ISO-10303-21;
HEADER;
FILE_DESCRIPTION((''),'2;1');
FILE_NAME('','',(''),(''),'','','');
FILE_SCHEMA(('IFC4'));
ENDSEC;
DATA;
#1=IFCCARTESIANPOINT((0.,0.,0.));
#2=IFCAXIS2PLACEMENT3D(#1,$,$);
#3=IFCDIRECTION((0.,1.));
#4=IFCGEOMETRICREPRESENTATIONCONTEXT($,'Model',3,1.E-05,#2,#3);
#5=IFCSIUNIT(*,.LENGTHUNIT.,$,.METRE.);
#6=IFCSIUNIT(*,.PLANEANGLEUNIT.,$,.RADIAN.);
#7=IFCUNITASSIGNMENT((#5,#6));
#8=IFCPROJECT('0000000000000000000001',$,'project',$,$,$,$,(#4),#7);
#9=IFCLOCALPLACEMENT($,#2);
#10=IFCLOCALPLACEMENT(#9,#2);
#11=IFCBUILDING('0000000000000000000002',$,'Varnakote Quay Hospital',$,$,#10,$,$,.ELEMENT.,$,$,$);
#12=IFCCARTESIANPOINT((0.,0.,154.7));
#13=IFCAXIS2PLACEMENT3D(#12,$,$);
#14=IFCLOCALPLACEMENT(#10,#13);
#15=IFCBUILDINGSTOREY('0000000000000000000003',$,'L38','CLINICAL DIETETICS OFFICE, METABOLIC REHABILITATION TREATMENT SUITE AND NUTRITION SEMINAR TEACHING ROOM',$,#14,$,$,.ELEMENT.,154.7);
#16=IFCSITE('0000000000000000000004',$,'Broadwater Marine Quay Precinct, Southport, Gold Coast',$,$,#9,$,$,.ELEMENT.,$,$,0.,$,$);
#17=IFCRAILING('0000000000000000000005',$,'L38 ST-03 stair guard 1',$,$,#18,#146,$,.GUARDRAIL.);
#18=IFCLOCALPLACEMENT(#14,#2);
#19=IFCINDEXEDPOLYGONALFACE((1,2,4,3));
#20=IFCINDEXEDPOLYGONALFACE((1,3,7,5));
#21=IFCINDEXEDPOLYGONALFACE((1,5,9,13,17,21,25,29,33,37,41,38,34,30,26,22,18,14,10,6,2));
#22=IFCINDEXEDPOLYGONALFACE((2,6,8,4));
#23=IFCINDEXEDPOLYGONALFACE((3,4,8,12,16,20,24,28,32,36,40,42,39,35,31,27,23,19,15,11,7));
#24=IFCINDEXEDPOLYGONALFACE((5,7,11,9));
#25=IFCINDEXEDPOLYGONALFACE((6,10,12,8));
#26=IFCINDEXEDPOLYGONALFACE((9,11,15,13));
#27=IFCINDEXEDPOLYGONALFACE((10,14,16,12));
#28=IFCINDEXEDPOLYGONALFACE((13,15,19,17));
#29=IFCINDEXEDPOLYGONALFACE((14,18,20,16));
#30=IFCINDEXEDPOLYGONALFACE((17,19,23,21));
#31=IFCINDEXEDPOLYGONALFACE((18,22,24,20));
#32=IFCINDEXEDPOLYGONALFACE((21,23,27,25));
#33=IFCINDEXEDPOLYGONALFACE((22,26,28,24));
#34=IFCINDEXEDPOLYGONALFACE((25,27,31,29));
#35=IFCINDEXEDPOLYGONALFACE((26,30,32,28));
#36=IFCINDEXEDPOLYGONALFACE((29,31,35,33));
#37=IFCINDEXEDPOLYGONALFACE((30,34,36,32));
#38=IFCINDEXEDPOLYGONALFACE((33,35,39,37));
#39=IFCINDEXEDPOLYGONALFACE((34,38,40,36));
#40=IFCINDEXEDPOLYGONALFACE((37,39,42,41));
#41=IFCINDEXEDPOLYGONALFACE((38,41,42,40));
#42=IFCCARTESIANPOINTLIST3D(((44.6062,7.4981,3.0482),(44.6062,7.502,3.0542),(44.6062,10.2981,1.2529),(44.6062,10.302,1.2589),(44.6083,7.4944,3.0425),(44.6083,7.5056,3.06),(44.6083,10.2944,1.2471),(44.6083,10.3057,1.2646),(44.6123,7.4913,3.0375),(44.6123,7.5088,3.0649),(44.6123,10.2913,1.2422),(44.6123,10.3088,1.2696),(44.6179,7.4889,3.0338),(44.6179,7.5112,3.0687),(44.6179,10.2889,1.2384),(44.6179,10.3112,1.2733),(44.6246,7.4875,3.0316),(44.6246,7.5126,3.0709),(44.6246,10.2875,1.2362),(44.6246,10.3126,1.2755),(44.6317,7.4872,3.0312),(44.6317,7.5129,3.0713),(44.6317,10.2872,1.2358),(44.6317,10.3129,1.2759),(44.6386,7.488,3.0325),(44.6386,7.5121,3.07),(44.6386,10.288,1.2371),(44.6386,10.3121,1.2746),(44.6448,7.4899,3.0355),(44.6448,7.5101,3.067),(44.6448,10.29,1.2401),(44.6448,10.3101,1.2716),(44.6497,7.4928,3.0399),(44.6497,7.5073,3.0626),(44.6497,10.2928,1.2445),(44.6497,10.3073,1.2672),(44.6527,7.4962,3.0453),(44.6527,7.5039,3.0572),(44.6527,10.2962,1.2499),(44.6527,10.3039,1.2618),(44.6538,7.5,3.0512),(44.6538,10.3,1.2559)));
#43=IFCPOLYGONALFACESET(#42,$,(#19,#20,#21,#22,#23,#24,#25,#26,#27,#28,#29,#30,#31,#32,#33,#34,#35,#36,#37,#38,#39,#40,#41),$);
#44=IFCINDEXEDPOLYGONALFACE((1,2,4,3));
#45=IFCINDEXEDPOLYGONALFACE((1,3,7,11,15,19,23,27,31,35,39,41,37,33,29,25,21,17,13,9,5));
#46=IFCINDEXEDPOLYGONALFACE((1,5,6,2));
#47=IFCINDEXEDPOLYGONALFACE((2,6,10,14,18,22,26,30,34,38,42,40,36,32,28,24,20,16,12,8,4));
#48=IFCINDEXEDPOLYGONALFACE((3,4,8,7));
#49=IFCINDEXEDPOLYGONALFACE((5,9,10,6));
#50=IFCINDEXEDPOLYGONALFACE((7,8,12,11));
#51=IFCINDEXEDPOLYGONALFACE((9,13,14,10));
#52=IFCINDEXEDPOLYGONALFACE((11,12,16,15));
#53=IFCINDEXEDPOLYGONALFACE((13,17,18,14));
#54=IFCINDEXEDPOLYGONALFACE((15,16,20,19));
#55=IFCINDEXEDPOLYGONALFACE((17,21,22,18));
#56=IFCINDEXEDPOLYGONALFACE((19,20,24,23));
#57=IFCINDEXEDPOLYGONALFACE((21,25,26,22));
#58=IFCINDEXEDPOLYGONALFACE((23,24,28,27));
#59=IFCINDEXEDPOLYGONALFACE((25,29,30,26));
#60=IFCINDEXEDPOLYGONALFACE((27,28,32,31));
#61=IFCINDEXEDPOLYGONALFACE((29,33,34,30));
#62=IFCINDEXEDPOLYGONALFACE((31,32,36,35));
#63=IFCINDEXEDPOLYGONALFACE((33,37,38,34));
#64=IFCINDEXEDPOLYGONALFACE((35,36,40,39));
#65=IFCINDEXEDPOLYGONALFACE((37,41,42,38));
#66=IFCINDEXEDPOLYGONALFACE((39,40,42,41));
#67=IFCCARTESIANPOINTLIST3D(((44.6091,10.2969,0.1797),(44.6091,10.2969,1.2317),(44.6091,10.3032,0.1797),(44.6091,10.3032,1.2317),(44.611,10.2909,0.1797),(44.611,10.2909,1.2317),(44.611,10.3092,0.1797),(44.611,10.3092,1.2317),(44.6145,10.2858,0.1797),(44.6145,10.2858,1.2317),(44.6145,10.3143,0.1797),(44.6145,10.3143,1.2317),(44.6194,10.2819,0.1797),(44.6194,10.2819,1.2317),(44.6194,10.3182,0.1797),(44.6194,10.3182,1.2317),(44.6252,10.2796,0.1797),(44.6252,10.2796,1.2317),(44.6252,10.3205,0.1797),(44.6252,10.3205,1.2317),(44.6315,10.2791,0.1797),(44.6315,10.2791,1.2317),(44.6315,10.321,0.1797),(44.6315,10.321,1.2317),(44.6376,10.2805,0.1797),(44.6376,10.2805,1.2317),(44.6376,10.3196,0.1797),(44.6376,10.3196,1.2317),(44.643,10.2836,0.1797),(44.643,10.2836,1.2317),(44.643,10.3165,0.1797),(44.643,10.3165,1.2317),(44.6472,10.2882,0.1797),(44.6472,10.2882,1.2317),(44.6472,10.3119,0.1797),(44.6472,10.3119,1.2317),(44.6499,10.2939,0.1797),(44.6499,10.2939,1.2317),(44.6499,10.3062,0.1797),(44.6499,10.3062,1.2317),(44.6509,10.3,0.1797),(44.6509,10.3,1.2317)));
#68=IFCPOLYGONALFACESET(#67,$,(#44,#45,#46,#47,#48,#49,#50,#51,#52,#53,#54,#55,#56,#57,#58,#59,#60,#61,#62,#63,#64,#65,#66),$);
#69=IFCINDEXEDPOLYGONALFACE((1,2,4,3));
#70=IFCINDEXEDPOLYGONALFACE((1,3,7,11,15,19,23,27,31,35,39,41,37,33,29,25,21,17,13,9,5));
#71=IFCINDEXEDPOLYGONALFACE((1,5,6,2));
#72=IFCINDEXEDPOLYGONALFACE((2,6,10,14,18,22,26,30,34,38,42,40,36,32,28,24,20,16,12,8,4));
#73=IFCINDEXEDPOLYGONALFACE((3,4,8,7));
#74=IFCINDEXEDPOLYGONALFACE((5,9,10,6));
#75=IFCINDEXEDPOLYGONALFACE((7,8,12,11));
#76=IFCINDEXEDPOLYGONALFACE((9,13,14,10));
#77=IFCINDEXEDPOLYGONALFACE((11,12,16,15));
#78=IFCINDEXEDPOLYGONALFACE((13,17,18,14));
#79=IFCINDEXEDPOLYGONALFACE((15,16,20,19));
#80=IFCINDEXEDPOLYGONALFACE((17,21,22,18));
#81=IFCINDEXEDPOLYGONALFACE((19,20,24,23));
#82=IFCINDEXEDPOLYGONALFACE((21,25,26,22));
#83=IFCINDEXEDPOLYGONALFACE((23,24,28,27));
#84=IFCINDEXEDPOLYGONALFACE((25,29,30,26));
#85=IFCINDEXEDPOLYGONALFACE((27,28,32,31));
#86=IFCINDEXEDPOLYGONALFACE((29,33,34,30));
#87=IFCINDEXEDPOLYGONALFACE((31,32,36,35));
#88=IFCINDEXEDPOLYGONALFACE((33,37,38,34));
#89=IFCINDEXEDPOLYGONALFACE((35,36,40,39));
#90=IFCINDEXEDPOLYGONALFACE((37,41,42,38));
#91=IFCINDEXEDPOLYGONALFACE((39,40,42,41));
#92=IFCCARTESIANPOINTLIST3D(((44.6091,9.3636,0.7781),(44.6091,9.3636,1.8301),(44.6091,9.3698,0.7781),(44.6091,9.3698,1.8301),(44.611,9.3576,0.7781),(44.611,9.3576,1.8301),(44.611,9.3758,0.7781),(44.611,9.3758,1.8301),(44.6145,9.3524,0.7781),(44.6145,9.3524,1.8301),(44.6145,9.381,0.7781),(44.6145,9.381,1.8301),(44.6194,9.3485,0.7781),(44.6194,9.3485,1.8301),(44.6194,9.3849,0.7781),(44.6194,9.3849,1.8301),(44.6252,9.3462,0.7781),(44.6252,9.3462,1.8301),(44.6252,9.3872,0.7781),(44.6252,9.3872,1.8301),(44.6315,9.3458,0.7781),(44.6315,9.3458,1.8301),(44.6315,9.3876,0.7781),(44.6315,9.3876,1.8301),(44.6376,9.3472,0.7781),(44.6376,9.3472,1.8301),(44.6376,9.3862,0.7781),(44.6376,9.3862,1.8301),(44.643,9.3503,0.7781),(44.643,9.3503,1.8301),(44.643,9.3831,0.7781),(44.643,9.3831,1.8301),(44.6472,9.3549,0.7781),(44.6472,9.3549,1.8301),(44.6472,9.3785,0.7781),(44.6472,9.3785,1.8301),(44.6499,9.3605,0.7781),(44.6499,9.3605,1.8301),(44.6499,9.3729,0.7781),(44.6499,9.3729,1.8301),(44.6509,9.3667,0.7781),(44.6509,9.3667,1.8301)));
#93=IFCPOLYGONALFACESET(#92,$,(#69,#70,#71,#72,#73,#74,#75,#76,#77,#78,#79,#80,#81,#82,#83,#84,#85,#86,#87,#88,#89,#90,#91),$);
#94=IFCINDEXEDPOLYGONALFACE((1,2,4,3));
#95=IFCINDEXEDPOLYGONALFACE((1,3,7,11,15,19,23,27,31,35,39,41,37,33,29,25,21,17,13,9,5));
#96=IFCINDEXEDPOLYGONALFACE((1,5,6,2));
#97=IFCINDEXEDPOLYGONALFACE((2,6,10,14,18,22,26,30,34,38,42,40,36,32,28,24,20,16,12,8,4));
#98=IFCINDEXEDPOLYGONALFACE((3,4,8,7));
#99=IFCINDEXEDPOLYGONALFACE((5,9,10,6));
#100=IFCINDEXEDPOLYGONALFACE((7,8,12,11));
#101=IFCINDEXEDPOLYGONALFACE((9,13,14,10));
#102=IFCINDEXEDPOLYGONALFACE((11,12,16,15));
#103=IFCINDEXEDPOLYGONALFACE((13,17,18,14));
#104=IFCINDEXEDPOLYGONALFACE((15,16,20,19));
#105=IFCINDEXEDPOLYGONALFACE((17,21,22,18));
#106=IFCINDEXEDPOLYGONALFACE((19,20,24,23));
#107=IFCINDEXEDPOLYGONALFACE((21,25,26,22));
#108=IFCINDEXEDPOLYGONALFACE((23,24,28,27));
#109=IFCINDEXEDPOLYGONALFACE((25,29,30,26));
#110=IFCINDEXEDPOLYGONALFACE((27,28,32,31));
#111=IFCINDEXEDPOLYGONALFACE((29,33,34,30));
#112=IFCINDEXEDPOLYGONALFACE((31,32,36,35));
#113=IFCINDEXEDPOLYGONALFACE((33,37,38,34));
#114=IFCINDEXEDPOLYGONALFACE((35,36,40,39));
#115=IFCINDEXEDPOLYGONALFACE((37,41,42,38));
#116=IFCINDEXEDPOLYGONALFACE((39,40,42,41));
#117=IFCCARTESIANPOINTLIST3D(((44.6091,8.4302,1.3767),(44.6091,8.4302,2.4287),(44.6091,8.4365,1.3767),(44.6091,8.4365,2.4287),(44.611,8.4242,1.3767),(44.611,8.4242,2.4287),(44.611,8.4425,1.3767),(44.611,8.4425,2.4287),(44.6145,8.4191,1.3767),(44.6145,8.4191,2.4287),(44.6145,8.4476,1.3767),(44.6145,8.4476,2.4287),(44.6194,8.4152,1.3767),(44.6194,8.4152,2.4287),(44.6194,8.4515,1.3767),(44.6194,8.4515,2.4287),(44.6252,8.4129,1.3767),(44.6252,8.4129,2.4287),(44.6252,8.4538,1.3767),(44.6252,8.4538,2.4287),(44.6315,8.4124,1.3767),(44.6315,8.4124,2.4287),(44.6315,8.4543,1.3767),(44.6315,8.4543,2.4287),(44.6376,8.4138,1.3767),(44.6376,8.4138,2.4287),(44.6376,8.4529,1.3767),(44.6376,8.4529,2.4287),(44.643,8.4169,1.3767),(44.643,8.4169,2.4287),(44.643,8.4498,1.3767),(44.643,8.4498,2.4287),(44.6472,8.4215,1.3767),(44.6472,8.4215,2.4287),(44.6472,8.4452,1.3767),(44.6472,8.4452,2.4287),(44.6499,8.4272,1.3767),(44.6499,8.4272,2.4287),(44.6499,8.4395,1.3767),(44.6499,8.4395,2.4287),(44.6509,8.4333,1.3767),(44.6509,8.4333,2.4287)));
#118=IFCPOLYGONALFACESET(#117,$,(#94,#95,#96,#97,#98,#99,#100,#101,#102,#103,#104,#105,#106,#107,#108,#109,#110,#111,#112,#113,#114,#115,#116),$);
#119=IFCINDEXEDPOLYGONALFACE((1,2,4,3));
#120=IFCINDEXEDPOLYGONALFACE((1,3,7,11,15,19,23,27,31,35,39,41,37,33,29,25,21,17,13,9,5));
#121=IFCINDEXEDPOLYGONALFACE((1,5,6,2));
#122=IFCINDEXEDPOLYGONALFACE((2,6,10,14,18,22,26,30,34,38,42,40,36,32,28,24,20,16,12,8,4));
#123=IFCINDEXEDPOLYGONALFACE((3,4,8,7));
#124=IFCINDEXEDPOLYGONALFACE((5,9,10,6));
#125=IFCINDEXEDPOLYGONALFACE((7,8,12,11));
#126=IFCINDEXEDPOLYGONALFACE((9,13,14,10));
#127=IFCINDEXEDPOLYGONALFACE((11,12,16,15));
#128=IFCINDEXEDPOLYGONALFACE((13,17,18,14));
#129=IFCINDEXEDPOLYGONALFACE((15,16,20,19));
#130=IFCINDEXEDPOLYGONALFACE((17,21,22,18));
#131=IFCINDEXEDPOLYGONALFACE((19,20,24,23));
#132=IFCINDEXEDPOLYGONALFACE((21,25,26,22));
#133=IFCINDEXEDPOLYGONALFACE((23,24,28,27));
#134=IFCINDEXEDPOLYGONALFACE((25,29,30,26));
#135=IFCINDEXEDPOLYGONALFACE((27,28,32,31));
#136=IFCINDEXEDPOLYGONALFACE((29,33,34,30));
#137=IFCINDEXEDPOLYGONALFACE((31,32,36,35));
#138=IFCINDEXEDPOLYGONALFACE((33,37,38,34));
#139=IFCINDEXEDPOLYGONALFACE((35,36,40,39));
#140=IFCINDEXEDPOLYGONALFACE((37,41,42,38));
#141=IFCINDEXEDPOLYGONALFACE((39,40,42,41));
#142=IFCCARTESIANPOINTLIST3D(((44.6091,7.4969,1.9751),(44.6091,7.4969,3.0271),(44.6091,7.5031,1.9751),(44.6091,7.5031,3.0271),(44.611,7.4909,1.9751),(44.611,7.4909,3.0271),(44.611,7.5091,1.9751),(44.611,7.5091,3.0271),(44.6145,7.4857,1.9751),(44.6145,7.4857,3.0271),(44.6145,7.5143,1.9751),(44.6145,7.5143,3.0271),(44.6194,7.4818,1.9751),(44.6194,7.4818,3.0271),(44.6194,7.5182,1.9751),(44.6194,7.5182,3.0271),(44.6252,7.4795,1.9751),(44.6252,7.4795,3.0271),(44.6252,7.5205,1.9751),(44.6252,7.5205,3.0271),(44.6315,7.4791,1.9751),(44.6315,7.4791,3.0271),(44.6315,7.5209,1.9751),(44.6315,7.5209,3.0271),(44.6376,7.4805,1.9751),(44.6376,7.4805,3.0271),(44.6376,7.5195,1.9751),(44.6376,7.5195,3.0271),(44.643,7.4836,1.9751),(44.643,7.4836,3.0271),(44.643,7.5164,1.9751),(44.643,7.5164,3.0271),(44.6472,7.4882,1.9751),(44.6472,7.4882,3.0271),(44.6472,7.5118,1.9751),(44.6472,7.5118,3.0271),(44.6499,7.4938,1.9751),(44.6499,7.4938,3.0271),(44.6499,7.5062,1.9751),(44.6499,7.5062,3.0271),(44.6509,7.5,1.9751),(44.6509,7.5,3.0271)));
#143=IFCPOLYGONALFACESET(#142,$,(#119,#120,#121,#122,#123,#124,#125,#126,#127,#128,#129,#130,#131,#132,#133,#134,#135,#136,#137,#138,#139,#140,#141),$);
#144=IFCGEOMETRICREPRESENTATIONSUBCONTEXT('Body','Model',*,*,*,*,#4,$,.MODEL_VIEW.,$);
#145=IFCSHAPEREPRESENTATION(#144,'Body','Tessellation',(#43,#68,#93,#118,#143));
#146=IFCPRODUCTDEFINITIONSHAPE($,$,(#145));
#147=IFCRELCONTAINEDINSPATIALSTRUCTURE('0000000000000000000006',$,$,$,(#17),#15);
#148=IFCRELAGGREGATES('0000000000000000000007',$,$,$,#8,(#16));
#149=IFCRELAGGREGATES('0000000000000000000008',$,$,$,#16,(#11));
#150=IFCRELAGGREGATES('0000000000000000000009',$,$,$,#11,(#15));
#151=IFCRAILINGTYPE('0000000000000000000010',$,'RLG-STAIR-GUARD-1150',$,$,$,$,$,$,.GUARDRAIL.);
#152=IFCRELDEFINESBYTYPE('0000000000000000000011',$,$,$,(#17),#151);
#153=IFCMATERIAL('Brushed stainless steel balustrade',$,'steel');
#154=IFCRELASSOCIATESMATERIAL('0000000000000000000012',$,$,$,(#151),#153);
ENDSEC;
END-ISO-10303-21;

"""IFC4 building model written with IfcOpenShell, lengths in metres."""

from ifc_helpers import new_model, si_unit, direction, frame, origin, origin_2d, place, context, subcontext, project, spatial, circle, extrude, material, type_object, element, save


model = new_model("IFC4")

# Units and contexts
model_context = context("Model", 3, precision=1e-05, world=origin(), true_north=direction((0.0, 1.0)))
body_context = subcontext(model_context, "Body", "Model", "MODEL_VIEW")
ifc_project = project(units=[si_unit("LENGTHUNIT", "METRE"), si_unit("PLANEANGLEUNIT", "RADIAN")], contexts=[model_context])

# Site, building, storey
site_placement = place(None, origin())
site = spatial("IfcSite", under=ifc_project, at=site_placement, Name="Broadwater Marine Quay Precinct, Southport, Gold Coast", CompositionType="ELEMENT", RefElevation=0.0)
building_placement = place(site_placement, origin())
building = spatial("IfcBuilding", under=site, at=building_placement, Name="Varnakote Quay Hospital", CompositionType="ELEMENT")
storey_placement = place(building_placement, frame((0.0, 0.0, 154.7)))
storey = spatial("IfcBuildingStorey", under=building, at=storey_placement, Name="L38", Description="CLINICAL DIETETICS OFFICE, METABOLIC REHABILITATION TREATMENT SUITE AND NUTRITION SEMINAR TEACHING ROOM", CompositionType="ELEMENT", Elevation=154.7)

# Railing
ifc_material_1 = material(Name="Brushed stainless steel balustrade", Category="steel")
railing_type_1 = type_object("IfcRailingType", Name="RLG-STAIR-GUARD-1150", PredefinedType="GUARDRAIL", material=ifc_material_1)
railing_1_placement = place(storey_placement, frame((44.6299, 10.3, 0.1797)))
element("IfcRailing", 1, at=railing_1_placement, inside=storey, type_object=railing_type_1, Name="L38 ST-03 stair guard 1", PredefinedType="GUARDRAIL", context=body_context, shape_type="SweptSolid", body=[
    extrude(circle(Radius=0.0239, at=origin_2d()), frame((0.0, 0.0, 1.0762), z_axis=(0.0, -0.84181, 0.539774), x_axis=(1.0, 0.0, 0.0)), (0.0, 0.0, 1.0), 3.3262),
    extrude(circle(Radius=0.021, at=origin_2d()), origin(), (0.0, 0.0, 1.0), 1.052),
    extrude(circle(Radius=0.021, at=origin_2d()), frame((0.0, -0.9333, 0.5984)), (0.0, 0.0, 1.0), 1.052),
    extrude(circle(Radius=0.021, at=origin_2d()), frame((0.0, -1.8667, 1.197)), (0.0, 0.0, 1.0), 1.052),
    extrude(circle(Radius=0.021, at=origin_2d()), frame((0.0, -2.8, 1.7954)), (0.0, 0.0, 1.0), 1.052),
])

save(model, "model.ifc")
